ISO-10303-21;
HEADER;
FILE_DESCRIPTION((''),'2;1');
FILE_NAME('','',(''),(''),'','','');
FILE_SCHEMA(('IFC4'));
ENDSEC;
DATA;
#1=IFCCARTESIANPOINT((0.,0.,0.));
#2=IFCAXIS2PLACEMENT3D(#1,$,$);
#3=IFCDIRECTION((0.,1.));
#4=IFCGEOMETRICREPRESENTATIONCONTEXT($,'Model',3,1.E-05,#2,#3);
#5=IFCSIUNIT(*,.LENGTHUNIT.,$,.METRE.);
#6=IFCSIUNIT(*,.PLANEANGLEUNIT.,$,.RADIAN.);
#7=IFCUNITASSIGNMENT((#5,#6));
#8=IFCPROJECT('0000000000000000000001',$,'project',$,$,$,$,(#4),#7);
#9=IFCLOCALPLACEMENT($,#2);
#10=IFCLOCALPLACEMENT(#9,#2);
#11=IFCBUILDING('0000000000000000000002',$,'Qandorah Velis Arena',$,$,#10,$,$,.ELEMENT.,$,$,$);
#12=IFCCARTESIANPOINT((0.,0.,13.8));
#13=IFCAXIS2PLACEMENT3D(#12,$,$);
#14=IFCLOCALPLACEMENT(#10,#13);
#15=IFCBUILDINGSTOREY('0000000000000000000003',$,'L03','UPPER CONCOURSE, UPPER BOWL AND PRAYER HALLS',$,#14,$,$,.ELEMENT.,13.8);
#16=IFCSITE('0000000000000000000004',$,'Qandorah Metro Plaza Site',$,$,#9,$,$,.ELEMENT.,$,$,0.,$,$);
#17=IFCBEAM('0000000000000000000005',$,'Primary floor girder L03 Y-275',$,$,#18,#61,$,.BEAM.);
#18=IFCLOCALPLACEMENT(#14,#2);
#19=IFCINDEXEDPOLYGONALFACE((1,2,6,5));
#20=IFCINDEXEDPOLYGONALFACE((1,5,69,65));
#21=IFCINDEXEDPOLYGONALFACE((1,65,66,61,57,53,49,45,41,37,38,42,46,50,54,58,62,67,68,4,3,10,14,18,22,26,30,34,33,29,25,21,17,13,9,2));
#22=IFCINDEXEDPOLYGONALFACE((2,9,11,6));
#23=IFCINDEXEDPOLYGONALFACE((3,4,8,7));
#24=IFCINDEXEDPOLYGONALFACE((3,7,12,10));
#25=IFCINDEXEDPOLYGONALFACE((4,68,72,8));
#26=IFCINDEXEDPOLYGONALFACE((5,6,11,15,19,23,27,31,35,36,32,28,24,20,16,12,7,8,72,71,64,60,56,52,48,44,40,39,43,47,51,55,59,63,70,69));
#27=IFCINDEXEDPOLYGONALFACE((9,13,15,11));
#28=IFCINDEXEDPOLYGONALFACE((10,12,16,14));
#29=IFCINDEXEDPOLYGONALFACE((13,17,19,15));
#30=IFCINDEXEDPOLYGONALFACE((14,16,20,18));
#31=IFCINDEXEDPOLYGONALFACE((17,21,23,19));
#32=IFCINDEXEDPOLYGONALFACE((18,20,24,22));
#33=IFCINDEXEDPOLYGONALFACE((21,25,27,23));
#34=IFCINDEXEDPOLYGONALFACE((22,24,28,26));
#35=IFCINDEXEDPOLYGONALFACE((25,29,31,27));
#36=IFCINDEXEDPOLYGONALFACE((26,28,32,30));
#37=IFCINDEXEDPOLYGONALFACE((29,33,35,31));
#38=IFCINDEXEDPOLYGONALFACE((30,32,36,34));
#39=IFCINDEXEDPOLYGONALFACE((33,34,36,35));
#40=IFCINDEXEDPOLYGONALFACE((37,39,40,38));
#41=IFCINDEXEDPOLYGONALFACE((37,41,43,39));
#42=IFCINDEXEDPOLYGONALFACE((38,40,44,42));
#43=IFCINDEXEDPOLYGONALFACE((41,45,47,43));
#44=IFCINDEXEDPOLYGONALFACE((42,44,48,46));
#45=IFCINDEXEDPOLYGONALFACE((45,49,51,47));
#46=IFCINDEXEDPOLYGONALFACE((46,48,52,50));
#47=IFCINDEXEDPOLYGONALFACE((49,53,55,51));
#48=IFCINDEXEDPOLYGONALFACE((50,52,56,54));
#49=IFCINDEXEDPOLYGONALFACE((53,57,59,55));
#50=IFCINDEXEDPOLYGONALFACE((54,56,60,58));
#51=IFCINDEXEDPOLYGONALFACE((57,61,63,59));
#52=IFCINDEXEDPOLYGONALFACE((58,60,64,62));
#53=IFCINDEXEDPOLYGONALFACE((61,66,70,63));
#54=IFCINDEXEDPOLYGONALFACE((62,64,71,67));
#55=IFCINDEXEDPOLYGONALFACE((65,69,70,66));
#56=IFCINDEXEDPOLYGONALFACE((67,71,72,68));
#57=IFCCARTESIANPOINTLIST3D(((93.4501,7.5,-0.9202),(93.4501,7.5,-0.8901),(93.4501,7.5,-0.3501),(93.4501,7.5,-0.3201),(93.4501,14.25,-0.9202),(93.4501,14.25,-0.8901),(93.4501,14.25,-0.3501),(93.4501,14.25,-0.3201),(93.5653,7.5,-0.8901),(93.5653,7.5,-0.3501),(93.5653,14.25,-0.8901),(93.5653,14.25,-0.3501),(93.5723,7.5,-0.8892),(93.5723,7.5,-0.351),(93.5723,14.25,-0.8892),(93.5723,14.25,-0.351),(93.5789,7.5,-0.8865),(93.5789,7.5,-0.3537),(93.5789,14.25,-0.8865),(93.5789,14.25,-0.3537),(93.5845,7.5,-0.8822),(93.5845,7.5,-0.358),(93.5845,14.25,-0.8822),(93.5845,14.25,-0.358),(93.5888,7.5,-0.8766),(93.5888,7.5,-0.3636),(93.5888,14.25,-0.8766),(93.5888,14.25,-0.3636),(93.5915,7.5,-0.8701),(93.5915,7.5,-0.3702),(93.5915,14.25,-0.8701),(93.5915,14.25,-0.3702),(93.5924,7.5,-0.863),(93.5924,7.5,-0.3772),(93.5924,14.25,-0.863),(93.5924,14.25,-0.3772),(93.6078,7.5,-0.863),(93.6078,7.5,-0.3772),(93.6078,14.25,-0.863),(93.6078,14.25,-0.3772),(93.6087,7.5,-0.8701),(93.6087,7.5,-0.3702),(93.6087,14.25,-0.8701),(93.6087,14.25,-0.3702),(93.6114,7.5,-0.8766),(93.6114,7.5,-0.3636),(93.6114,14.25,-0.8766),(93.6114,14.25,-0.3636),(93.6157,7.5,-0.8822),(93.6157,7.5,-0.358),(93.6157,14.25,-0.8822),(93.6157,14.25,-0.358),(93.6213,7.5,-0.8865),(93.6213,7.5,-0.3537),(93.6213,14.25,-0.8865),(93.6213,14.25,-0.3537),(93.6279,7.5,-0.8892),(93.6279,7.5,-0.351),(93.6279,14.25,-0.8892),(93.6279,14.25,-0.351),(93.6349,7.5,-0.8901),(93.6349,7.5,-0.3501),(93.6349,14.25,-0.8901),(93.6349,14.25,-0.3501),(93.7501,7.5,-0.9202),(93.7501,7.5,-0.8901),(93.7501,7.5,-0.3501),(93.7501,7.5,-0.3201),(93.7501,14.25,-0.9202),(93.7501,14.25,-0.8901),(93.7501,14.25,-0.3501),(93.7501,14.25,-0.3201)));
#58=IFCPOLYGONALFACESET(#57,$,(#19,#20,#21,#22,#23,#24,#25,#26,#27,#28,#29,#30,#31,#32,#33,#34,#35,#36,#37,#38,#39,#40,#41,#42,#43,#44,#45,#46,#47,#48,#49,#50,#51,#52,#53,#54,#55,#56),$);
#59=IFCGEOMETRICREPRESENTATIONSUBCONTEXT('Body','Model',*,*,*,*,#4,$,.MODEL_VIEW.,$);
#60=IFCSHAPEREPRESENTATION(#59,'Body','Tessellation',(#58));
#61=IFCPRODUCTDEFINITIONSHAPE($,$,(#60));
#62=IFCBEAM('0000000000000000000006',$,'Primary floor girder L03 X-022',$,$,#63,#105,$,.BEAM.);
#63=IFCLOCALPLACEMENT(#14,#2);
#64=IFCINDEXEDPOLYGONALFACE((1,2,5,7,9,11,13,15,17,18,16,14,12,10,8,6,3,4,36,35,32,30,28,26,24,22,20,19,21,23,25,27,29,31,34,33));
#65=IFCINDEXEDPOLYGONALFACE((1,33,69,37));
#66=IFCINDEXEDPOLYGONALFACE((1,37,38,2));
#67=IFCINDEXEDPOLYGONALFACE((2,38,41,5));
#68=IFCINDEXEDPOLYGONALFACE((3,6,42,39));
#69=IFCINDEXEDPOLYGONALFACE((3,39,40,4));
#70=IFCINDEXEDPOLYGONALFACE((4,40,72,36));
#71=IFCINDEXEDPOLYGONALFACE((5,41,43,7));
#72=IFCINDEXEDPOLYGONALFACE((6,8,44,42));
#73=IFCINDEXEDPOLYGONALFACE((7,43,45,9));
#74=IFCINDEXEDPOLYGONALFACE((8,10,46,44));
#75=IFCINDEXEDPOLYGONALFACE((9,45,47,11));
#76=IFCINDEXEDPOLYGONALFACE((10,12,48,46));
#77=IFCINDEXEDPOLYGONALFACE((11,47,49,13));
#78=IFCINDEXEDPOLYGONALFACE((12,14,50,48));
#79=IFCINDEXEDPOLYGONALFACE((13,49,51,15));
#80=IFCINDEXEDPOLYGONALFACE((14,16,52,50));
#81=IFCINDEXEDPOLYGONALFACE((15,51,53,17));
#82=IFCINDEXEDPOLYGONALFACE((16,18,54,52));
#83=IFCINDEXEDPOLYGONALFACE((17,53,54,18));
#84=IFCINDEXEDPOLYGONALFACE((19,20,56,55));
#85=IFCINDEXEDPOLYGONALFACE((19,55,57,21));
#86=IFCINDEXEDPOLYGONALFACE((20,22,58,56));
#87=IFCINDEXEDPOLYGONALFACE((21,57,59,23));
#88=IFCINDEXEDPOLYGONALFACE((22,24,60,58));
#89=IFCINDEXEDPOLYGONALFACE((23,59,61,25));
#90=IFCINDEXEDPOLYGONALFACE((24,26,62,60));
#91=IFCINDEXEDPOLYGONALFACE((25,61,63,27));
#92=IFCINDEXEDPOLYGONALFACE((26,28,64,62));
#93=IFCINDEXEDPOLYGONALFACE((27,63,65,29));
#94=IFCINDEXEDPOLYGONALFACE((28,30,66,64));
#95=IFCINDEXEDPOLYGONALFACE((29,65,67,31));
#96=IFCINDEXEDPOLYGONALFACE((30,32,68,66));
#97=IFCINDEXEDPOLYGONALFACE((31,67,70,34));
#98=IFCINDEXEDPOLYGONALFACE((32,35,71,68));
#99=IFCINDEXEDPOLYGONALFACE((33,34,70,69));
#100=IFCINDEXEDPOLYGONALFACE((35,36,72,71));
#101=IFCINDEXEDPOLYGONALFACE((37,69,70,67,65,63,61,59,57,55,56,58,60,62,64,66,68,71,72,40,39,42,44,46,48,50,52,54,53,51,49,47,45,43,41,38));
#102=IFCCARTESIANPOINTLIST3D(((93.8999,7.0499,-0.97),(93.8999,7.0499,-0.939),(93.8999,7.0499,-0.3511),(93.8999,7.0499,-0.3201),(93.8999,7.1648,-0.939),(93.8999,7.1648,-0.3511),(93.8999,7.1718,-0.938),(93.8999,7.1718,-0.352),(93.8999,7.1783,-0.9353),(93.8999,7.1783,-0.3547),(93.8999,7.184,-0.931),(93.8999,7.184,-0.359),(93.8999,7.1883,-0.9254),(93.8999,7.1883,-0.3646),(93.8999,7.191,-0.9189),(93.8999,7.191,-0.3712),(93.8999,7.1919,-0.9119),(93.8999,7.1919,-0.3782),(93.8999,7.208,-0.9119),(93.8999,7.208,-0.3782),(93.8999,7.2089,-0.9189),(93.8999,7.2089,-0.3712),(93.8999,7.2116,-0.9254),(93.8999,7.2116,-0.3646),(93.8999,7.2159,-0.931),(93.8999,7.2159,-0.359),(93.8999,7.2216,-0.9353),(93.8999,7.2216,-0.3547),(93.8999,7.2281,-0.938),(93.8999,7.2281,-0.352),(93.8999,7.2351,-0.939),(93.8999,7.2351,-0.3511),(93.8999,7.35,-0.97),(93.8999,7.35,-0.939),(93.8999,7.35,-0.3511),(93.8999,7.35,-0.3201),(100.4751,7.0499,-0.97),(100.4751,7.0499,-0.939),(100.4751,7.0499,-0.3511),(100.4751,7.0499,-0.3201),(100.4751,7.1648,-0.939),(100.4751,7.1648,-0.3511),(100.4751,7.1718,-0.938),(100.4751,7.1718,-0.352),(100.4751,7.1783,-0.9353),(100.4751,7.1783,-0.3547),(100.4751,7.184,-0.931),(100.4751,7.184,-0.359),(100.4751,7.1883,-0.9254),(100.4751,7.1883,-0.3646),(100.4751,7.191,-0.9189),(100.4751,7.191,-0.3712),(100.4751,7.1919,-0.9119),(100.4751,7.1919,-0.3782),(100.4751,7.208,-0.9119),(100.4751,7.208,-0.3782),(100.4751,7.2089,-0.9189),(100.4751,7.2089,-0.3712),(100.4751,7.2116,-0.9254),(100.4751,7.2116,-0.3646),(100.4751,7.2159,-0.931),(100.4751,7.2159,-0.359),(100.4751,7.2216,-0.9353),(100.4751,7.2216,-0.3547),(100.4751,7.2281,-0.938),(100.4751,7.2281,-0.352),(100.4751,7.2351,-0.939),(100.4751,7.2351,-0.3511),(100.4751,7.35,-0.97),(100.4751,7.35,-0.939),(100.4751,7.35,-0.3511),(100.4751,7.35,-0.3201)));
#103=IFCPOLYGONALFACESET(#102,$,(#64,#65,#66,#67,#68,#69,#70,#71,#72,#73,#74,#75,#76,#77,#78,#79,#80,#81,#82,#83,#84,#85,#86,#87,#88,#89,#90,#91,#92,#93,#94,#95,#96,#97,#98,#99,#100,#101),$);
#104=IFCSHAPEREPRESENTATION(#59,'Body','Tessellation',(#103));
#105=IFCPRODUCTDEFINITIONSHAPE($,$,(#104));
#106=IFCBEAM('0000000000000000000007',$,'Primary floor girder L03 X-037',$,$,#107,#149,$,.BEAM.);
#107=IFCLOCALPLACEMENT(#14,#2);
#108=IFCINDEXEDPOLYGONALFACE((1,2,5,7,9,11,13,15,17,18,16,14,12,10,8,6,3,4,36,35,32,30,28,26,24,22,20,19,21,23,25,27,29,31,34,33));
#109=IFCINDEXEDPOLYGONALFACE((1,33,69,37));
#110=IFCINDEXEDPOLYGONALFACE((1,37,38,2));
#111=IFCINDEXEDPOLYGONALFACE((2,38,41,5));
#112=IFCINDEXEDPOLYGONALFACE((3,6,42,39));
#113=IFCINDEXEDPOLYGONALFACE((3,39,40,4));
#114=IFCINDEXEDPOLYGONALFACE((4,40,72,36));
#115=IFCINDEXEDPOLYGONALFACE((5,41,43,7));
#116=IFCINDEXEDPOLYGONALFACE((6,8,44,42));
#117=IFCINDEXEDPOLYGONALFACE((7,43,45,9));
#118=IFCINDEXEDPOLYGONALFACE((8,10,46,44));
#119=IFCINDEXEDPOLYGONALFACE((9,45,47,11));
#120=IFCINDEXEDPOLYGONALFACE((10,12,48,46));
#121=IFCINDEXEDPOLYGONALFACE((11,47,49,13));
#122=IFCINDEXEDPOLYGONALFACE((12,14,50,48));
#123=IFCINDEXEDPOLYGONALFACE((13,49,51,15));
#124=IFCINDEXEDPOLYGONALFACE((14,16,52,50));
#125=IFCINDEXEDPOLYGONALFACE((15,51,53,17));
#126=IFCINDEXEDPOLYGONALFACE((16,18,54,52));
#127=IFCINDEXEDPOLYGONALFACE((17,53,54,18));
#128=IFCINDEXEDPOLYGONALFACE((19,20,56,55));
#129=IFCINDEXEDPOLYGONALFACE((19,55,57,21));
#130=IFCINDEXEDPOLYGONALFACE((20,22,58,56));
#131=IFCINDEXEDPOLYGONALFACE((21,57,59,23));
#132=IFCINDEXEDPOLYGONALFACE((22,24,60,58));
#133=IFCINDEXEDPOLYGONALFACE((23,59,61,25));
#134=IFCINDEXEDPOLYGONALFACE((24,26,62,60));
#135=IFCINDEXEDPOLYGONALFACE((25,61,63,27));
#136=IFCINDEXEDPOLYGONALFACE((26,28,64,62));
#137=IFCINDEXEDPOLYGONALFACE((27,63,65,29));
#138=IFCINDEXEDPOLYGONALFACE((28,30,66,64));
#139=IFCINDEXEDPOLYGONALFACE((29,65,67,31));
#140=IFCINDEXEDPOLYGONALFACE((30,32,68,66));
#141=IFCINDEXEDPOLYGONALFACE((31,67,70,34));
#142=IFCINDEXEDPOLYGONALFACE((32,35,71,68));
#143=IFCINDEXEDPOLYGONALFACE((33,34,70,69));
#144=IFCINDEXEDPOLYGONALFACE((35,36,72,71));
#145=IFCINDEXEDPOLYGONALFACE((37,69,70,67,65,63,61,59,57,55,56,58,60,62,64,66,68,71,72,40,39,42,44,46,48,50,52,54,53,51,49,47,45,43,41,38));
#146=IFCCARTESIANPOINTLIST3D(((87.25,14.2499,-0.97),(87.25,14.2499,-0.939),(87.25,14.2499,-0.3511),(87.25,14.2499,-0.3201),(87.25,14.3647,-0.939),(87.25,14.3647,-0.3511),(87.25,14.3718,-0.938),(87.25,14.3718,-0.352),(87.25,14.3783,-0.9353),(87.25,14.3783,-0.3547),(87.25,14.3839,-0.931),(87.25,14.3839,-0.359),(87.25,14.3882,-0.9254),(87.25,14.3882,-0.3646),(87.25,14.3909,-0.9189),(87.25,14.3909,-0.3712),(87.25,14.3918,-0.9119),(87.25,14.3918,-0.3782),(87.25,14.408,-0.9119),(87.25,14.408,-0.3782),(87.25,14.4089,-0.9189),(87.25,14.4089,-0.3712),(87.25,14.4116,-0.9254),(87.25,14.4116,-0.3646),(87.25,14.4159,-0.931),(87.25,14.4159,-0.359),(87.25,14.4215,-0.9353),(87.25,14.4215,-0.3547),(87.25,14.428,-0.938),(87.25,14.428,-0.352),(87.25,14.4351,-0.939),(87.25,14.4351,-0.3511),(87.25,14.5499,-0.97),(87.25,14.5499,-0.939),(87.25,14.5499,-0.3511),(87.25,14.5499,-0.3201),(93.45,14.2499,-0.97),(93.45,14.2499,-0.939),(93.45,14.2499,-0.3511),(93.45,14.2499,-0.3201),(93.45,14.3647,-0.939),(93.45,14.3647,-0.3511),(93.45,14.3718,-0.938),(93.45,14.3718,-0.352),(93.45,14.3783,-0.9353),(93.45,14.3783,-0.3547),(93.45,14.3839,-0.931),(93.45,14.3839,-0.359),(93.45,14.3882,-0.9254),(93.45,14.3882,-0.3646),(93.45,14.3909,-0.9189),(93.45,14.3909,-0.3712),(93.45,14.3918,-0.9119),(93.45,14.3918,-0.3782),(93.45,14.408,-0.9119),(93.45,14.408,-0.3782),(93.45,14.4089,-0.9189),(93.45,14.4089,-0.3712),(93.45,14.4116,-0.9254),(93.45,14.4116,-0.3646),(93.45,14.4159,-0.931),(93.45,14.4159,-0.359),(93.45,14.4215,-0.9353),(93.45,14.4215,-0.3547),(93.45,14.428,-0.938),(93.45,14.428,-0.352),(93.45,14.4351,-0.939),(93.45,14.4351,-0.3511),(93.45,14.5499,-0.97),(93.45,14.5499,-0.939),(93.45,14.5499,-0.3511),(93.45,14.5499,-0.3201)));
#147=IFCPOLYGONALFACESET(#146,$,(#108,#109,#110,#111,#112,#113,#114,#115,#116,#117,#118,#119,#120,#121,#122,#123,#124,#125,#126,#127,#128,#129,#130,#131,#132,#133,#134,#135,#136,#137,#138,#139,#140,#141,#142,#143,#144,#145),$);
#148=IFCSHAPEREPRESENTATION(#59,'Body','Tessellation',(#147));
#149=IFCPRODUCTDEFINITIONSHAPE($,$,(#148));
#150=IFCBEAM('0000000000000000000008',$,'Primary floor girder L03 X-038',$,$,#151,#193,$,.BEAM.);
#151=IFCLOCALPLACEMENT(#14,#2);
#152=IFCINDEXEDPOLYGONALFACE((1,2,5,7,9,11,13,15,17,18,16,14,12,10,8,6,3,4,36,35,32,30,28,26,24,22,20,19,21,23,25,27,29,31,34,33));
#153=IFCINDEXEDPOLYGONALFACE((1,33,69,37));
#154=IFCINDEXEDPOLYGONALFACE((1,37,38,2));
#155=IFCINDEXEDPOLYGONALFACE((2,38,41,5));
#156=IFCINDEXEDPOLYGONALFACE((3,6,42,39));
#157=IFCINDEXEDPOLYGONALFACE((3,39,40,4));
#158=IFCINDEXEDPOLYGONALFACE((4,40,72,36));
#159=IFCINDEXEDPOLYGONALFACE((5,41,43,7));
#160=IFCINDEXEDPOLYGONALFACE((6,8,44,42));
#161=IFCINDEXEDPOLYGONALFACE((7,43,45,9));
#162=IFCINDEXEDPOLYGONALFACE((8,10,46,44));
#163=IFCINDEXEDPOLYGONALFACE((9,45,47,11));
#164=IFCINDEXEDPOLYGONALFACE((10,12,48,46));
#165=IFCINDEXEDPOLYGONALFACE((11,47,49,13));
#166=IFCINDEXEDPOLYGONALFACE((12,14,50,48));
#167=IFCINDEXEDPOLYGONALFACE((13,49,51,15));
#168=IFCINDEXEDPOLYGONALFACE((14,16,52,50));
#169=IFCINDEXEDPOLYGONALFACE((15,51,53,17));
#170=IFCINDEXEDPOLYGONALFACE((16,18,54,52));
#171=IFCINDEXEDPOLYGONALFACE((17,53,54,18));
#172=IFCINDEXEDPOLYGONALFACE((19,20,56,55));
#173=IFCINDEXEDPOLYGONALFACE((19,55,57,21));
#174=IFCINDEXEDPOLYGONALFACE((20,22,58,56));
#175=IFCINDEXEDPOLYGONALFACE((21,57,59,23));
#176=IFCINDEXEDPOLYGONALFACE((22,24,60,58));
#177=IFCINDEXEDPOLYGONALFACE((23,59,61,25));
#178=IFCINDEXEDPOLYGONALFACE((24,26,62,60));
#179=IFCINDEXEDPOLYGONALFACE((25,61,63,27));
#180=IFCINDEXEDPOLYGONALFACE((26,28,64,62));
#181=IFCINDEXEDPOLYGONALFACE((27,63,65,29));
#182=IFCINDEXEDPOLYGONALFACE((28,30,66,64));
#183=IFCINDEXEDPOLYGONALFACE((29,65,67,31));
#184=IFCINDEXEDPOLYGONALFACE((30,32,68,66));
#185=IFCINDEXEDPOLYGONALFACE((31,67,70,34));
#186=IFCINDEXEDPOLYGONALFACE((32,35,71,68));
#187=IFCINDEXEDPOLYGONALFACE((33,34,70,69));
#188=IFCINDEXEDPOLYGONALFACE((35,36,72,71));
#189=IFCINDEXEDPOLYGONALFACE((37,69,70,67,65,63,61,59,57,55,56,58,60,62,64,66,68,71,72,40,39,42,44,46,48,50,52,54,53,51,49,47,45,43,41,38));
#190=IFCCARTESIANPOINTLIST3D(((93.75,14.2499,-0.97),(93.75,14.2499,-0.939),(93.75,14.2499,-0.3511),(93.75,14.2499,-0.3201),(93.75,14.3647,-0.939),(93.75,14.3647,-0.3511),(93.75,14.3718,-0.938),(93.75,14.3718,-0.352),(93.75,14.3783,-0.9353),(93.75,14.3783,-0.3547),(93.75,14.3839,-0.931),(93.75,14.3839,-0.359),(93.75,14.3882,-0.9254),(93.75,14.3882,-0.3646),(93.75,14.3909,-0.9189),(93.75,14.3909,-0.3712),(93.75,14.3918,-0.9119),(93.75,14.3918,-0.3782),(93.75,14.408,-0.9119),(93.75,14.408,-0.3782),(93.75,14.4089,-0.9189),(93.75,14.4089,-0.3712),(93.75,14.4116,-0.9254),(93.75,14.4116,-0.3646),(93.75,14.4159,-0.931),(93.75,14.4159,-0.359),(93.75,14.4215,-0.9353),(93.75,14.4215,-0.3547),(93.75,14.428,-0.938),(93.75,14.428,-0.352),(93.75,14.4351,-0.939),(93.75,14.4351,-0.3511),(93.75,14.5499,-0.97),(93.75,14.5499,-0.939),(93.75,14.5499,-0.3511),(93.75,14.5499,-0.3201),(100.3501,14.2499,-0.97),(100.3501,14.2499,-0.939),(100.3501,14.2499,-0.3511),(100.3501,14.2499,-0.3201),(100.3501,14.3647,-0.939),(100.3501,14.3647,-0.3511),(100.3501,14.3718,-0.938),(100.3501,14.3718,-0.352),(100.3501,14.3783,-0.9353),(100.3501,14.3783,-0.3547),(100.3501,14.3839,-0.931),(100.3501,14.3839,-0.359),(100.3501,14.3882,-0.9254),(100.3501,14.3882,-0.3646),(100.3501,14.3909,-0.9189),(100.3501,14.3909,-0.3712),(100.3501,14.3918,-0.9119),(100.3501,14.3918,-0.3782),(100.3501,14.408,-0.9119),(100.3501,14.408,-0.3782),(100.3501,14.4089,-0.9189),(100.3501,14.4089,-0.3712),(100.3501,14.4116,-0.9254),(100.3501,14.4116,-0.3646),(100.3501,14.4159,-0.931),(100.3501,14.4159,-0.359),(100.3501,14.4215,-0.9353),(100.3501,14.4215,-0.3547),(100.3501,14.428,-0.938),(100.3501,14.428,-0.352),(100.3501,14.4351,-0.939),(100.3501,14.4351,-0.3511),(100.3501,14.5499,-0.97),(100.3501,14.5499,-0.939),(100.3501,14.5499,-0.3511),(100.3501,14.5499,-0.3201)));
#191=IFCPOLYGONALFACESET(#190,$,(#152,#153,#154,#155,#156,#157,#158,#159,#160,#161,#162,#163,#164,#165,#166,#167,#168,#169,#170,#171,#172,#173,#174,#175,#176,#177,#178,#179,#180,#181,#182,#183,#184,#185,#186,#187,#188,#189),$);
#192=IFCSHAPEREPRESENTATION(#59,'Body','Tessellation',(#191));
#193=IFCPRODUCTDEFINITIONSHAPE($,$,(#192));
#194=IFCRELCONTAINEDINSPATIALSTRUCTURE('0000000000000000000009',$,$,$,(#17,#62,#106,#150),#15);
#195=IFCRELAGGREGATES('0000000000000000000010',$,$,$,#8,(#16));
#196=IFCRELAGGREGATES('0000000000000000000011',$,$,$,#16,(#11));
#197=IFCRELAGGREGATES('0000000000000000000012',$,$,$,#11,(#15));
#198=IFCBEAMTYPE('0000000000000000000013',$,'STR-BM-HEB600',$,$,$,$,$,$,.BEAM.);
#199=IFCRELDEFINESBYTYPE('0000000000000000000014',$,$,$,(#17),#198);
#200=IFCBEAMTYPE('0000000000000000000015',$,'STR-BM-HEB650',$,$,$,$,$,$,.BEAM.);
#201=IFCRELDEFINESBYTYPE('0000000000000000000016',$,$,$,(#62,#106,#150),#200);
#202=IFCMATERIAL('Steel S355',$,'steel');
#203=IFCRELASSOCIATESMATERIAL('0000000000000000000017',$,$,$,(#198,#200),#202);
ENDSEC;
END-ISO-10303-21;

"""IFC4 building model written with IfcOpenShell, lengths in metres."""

from ifc_helpers import new_model, si_unit, direction, frame, origin, origin_2d, place, context, subcontext, project, spatial, i_section, extrude, material, material_profile, profile_set, type_object, element, save


model = new_model("IFC4")

# Units and contexts
model_context = context("Model", 3, precision=1e-05, world=origin(), true_north=direction((0.0, 1.0)))
body_context = subcontext(model_context, "Body", "Model", "MODEL_VIEW")
ifc_project = project(units=[si_unit("LENGTHUNIT", "METRE"), si_unit("PLANEANGLEUNIT", "RADIAN")], contexts=[model_context])

# Site, building, storey
site_placement = place(None, origin())
site = spatial("IfcSite", under=ifc_project, at=site_placement, Name="Qandorah Metro Plaza Site", CompositionType="ELEMENT", RefElevation=0.0)
building_placement = place(site_placement, origin())
building = spatial("IfcBuilding", under=site, at=building_placement, Name="Qandorah Velis Arena", CompositionType="ELEMENT")
storey_placement = place(building_placement, frame((0.0, 0.0, 13.8)))
storey = spatial("IfcBuildingStorey", under=building, at=storey_placement, Name="L03", Description="UPPER CONCOURSE, UPPER BOWL AND PRAYER HALLS", CompositionType="ELEMENT", Elevation=13.8)

# Beams
ifc_material_1 = material(Name="Steel S355", Category="steel")
ifc_material_profile_1 = material_profile(ifc_material_1, i_section(OverallWidth=0.3, OverallDepth=0.6001, WebThickness=0.0154, FlangeThickness=0.03, FilletRadius=0.0271, at=origin_2d()), Name="HEB 600")
ifc_profile_set_1 = profile_set([ifc_material_profile_1], Name="Steel S355")
beam_type_1 = type_object("IfcBeamType", Name="STR-BM-HEB600", PredefinedType="BEAM", material=ifc_profile_set_1)
beam_1_placement = place(storey_placement, frame((93.6001, 7.5, -0.6201), z_axis=(0.0, 1.0, 0.0), x_axis=(-1.0, 0.0, 0.0)))
element("IfcBeam", 1, at=beam_1_placement, inside=storey, type_object=beam_type_1, Name="Primary floor girder L03 Y-275", PredefinedType="BEAM", context=body_context, shape_type="SweptSolid", body=[
    extrude(i_section(OverallWidth=0.3, OverallDepth=0.6001, WebThickness=0.0154, FlangeThickness=0.03, FilletRadius=0.0271, at=origin_2d()), origin(), (0.0, 0.0, 1.0), 6.75),
])
ifc_material_profile_2 = material_profile(ifc_material_1, i_section(OverallWidth=0.3, OverallDepth=0.6499, WebThickness=0.0161, FlangeThickness=0.031, FilletRadius=0.0271, at=origin_2d()), Name="HEB 650")
ifc_profile_set_2 = profile_set([ifc_material_profile_2], Name="Steel S355")
beam_type_2 = type_object("IfcBeamType", Name="STR-BM-HEB650", PredefinedType="BEAM", material=ifc_profile_set_2)
beam_2_placement = place(storey_placement, frame((93.8999, 7.2, -0.645), z_axis=(1.0, 0.0, 0.0), x_axis=(0.0, 1.0, 0.0)))
element("IfcBeam", 2, at=beam_2_placement, inside=storey, type_object=beam_type_2, Name="Primary floor girder L03 X-022", PredefinedType="BEAM", context=body_context, shape_type="SweptSolid", body=[
    extrude(i_section(OverallWidth=0.3, OverallDepth=0.6499, WebThickness=0.0161, FlangeThickness=0.031, FilletRadius=0.0271, at=origin_2d()), origin(), (0.0, 0.0, 1.0), 6.5752),
])
beam_3_placement = place(storey_placement, frame((87.25, 14.3999, -0.645), z_axis=(1.0, 0.0, 0.0), x_axis=(0.0, 1.0, 0.0)))
element("IfcBeam", 3, at=beam_3_placement, inside=storey, type_object=beam_type_2, Name="Primary floor girder L03 X-037", PredefinedType="BEAM", context=body_context, shape_type="SweptSolid", body=[
    extrude(i_section(OverallWidth=0.3, OverallDepth=0.6499, WebThickness=0.0161, FlangeThickness=0.031, FilletRadius=0.0271, at=origin_2d()), origin(), (0.0, 0.0, 1.0), 6.2),
])
beam_4_placement = place(storey_placement, frame((93.75, 14.3999, -0.645), z_axis=(1.0, 0.0, 0.0), x_axis=(0.0, 1.0, 0.0)))
element("IfcBeam", 4, at=beam_4_placement, inside=storey, type_object=beam_type_2, Name="Primary floor girder L03 X-038", PredefinedType="BEAM", context=body_context, shape_type="SweptSolid", body=[
    extrude(i_section(OverallWidth=0.3, OverallDepth=0.6499, WebThickness=0.0161, FlangeThickness=0.031, FilletRadius=0.0271, at=origin_2d()), origin(), (0.0, 0.0, 1.0), 6.6001),
])

save(model, "model.ifc")
